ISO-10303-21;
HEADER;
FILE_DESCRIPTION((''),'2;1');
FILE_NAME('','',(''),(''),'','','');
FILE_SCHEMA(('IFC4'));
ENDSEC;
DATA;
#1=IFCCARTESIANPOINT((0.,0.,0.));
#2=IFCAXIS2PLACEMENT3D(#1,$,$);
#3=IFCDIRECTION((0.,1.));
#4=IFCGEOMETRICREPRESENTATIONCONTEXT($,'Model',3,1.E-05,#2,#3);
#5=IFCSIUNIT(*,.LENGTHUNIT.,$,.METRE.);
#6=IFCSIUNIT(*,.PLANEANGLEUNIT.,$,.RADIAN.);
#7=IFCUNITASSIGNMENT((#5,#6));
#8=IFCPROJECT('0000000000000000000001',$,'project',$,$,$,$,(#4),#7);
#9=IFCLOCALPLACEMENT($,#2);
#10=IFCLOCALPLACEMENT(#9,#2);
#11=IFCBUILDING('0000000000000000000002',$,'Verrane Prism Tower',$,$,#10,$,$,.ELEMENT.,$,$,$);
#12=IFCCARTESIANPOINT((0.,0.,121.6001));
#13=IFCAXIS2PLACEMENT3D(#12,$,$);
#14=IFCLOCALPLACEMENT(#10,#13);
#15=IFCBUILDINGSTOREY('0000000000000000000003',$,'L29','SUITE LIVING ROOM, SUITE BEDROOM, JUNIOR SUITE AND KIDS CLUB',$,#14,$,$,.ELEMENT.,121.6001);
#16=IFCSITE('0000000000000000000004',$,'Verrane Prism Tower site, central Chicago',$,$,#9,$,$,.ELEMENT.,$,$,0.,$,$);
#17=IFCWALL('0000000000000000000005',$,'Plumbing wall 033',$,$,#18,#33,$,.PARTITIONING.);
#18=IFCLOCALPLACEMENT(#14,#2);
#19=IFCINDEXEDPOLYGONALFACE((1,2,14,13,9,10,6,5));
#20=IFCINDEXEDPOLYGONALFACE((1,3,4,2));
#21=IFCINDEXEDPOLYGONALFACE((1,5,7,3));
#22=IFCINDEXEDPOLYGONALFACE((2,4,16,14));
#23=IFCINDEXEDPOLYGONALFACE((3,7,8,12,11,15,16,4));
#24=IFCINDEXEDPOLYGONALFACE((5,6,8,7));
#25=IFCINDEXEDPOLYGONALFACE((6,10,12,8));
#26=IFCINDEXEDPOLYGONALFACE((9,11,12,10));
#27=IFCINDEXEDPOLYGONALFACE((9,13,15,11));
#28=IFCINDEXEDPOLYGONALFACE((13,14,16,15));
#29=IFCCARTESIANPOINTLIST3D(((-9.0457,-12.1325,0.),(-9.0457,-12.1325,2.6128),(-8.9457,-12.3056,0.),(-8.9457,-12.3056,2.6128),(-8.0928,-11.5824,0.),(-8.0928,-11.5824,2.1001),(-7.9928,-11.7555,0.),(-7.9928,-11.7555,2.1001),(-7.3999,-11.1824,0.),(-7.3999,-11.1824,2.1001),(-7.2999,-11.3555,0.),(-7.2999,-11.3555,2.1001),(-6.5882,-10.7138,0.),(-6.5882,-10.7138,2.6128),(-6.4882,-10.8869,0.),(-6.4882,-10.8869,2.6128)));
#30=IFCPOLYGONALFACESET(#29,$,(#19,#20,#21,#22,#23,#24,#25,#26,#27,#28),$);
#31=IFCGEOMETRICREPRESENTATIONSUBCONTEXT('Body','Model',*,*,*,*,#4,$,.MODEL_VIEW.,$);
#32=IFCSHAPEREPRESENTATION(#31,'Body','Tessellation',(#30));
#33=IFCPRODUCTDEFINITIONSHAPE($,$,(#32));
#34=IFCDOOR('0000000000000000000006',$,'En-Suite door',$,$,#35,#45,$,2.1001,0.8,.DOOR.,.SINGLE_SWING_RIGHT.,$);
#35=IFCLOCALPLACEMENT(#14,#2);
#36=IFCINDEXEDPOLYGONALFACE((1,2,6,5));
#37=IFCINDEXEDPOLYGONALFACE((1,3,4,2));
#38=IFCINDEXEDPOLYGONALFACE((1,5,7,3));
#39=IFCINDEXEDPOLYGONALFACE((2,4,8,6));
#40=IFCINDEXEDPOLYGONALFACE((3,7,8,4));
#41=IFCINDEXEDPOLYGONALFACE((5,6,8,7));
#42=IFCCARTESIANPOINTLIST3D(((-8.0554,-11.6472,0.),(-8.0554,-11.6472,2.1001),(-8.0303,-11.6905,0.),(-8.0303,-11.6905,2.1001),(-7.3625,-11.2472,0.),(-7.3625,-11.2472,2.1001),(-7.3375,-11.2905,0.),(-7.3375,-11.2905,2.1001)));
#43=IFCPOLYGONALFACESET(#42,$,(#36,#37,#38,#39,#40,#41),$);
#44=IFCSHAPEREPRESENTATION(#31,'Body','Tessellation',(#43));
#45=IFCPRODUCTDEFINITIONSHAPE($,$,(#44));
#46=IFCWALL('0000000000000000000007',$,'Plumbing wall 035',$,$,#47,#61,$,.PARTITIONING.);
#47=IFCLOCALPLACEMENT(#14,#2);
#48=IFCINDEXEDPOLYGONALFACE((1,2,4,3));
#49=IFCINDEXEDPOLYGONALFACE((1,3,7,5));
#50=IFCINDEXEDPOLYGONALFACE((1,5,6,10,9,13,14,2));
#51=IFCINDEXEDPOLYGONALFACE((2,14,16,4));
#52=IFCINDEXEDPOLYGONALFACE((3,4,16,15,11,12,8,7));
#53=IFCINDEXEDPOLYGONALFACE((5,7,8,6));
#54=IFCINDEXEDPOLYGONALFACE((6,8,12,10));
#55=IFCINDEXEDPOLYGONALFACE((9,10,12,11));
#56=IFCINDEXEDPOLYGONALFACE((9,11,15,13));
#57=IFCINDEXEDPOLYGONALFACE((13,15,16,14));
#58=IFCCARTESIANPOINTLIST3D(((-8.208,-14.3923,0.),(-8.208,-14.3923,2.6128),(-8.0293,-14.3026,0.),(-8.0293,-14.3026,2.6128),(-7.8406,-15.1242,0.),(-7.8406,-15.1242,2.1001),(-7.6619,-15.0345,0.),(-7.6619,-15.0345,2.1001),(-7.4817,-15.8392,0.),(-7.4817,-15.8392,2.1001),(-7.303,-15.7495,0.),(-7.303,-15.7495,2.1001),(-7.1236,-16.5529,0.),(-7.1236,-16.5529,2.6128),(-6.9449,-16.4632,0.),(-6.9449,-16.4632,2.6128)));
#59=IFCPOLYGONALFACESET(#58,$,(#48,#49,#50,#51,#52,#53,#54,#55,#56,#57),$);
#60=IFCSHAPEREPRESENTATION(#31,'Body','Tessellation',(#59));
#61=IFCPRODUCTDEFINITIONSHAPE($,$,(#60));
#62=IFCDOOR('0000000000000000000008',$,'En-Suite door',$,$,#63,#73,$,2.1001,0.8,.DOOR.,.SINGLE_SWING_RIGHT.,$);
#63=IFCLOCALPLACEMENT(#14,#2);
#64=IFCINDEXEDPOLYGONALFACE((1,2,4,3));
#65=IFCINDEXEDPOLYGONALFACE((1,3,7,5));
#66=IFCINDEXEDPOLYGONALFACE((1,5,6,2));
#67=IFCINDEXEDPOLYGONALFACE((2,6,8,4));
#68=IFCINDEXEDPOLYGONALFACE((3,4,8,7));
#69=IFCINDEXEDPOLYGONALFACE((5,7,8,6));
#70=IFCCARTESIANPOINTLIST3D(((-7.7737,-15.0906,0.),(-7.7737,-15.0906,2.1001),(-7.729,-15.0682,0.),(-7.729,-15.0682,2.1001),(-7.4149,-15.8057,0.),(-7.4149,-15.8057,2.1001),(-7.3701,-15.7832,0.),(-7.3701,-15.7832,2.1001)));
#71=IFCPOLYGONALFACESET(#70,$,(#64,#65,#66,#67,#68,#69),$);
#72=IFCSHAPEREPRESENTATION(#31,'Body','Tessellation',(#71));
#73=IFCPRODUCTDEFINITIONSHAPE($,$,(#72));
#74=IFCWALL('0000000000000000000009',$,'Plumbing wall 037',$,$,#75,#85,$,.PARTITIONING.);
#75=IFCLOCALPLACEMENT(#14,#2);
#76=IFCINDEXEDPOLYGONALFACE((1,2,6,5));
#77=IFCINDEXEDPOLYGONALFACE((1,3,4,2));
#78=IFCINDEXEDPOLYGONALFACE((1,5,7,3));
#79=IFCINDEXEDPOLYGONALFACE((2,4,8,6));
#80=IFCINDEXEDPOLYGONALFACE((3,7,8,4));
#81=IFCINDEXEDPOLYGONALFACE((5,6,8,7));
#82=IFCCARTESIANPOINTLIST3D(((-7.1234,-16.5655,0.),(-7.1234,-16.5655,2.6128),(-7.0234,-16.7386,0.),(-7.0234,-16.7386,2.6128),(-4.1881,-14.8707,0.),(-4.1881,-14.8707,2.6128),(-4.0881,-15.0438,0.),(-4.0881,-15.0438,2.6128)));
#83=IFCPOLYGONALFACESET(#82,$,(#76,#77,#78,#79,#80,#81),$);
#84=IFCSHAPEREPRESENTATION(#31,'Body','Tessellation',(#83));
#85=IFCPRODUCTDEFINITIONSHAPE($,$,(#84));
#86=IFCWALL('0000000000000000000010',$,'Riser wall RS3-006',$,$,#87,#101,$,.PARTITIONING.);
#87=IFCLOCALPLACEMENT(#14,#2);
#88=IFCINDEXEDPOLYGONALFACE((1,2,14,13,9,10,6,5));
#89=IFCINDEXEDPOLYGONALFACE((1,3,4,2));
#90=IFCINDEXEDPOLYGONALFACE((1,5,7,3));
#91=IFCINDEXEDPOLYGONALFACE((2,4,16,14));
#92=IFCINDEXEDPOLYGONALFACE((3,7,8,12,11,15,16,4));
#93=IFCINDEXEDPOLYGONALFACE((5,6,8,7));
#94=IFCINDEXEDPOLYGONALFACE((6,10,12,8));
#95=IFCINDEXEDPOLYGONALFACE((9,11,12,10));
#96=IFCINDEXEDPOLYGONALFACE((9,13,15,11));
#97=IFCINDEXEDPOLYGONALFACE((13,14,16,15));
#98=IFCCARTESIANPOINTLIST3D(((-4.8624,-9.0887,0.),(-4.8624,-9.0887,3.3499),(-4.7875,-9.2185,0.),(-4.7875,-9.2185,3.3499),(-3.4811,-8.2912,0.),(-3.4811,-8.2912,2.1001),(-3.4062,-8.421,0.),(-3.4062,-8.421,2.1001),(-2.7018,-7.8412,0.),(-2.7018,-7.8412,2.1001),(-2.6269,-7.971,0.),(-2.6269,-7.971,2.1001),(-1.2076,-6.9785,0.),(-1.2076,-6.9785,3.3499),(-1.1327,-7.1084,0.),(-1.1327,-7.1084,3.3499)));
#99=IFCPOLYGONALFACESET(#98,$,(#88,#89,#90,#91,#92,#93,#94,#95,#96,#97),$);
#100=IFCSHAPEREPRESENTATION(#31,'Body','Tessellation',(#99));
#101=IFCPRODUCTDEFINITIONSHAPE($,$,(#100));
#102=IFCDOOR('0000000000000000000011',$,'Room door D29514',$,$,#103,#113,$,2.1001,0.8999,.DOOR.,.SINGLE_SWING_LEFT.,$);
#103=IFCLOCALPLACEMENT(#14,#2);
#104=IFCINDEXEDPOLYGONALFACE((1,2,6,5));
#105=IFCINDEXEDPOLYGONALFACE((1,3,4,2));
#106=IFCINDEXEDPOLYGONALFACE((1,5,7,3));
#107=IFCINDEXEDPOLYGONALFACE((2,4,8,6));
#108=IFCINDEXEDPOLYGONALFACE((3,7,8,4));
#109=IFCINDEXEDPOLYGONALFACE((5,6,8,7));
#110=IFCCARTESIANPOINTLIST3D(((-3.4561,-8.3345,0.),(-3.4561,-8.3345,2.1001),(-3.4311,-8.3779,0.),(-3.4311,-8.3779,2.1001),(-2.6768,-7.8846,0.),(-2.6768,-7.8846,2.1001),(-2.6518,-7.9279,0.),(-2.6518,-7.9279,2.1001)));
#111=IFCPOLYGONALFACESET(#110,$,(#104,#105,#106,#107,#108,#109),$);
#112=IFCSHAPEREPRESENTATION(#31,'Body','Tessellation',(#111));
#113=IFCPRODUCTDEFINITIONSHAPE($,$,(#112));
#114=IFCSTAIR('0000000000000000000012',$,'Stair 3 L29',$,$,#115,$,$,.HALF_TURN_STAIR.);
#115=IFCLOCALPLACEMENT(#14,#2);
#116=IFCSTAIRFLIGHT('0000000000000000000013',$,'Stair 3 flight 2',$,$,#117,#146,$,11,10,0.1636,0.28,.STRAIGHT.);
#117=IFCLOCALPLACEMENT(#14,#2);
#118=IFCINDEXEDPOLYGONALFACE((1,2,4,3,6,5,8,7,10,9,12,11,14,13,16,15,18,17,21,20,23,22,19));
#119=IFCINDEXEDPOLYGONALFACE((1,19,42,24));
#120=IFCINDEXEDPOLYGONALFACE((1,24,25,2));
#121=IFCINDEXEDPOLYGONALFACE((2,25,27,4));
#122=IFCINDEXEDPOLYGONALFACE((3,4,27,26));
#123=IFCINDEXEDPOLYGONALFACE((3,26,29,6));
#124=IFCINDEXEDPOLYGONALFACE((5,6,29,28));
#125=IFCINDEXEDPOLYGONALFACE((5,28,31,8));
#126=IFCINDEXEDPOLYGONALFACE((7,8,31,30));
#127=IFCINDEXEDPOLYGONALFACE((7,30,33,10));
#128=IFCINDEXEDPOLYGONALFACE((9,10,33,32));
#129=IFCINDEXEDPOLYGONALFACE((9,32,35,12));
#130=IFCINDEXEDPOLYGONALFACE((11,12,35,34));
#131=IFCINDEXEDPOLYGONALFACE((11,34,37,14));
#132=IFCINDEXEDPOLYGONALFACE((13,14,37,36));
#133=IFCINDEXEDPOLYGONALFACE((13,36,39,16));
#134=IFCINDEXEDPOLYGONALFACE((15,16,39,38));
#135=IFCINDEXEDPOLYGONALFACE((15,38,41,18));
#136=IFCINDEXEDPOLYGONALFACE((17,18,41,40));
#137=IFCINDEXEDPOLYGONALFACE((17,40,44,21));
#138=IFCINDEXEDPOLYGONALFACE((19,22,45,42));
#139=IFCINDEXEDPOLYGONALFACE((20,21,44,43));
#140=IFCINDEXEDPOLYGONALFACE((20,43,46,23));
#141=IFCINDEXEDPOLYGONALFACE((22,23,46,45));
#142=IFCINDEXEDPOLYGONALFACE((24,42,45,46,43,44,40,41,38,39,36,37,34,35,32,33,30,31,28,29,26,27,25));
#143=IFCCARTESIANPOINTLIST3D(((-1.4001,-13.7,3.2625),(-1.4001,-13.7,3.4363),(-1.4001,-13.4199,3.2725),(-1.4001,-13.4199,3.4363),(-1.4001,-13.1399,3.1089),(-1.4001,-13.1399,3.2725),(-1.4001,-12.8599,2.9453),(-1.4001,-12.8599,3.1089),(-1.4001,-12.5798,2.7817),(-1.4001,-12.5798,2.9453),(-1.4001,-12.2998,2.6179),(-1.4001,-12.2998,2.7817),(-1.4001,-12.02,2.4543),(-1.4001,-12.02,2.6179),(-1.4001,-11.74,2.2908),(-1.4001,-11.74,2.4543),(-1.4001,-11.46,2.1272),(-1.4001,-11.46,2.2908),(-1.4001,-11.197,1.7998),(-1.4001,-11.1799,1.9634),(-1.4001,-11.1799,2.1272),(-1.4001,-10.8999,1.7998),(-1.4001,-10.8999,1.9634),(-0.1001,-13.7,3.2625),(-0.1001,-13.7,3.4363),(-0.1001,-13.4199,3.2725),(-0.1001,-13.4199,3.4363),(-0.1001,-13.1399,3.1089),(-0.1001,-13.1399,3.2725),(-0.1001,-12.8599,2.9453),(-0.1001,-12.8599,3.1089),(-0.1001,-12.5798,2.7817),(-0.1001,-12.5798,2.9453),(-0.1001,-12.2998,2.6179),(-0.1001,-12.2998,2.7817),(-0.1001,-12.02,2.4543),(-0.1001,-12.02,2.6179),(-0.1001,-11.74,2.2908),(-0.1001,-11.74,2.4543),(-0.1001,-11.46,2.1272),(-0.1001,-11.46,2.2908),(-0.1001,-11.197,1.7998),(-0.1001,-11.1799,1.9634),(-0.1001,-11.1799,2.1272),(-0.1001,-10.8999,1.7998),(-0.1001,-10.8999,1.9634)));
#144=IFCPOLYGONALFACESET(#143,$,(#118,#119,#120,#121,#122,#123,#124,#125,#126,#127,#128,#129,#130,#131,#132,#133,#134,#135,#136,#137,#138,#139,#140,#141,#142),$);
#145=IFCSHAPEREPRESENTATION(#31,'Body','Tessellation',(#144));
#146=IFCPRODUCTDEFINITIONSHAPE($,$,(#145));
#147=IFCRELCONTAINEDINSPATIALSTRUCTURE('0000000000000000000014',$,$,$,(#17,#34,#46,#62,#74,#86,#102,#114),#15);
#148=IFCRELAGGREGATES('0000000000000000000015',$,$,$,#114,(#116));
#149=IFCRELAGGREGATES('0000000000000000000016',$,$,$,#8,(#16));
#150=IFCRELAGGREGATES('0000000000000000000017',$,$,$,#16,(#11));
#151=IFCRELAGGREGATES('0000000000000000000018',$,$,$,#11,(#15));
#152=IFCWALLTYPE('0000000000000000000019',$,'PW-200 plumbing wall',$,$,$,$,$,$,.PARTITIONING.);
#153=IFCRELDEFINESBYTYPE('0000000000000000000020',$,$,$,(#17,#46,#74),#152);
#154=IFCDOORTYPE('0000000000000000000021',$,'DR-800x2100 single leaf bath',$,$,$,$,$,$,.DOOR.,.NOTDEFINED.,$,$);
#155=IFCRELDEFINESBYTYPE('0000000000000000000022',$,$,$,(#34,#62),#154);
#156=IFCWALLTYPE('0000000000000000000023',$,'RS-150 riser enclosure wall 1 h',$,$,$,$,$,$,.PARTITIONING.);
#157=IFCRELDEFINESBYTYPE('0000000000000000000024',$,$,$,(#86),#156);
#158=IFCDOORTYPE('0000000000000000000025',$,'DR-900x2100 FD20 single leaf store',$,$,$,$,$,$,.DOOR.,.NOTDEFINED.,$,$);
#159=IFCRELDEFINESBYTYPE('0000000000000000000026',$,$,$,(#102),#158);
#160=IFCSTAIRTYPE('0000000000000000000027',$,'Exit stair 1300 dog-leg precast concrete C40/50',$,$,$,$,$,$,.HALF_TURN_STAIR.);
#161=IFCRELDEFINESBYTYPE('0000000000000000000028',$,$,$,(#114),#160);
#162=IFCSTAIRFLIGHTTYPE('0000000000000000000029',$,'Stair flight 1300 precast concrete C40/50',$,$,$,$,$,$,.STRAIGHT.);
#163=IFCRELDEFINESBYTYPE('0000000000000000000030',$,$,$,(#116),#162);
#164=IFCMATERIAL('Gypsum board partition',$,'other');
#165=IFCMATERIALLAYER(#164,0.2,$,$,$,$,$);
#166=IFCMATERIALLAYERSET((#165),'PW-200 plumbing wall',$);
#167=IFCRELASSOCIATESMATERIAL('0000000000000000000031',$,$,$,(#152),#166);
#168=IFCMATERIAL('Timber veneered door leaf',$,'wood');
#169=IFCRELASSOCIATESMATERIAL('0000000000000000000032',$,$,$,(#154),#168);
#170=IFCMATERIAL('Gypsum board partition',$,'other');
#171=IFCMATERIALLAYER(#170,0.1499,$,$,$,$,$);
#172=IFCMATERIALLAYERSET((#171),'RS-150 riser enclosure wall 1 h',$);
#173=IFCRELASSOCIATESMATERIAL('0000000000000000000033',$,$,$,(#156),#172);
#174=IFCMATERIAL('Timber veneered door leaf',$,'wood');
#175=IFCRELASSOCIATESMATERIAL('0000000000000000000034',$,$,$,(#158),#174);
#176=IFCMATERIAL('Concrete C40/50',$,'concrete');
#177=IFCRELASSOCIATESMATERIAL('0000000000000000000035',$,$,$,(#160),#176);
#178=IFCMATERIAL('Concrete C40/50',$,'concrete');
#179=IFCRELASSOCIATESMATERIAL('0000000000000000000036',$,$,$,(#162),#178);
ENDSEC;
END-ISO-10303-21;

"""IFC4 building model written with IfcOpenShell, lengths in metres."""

from ifc_helpers import new_model, si_unit, direction, frame, frame_2d, origin, place, context, subcontext, project, spatial, polyline, rectangle, outline, extrude, material, layer, layer_set, type_object, element, fill, aggregate, save


model = new_model("IFC4")

# Units and contexts
model_context = context("Model", 3, precision=1e-05, world=origin(), true_north=direction((0.0, 1.0)))
body_context = subcontext(model_context, "Body", "Model", "MODEL_VIEW")
ifc_project = project(units=[si_unit("LENGTHUNIT", "METRE"), si_unit("PLANEANGLEUNIT", "RADIAN")], contexts=[model_context])

# Site, building, storey
site_placement = place(None, origin())
site = spatial("IfcSite", under=ifc_project, at=site_placement, Name="Verrane Prism Tower site, central Chicago", CompositionType="ELEMENT", RefElevation=0.0)
building_placement = place(site_placement, origin())
building = spatial("IfcBuilding", under=site, at=building_placement, Name="Verrane Prism Tower", CompositionType="ELEMENT")
storey_placement = place(building_placement, frame((0.0, 0.0, 121.6001)))
storey = spatial("IfcBuildingStorey", under=building, at=storey_placement, Name="L29", Description="SUITE LIVING ROOM, SUITE BEDROOM, JUNIOR SUITE AND KIDS CLUB", CompositionType="ELEMENT", Elevation=121.6001)

# Shared definitions
ifc_material_1 = material(Name="Gypsum board partition", Category="other")
ifc_layer_1 = layer(ifc_material_1, 0.2)
ifc_layer_set_1 = layer_set([ifc_layer_1], Name="PW-200 plumbing wall")
wall_type_1 = type_object("IfcWallType", Name="PW-200 plumbing wall", PredefinedType="PARTITIONING", material=ifc_layer_set_1)

# Walls, openings, doors
wall_1_placement = place(storey_placement, frame((-6.5381, -10.8003, 0.0), z_axis=(0.0, 0.0, 1.0), x_axis=(-0.866048, -0.499961, 0.0)))
wall_1 = element("IfcWall", 1, at=wall_1_placement, inside=storey, type_object=wall_type_1, Name="Plumbing wall 033", PredefinedType="PARTITIONING", context=body_context, shape_type="SweptSolid", body=[
    extrude(rectangle(XDim=2.8376, YDim=0.2, at=frame_2d((1.4189, 0.0))), origin(), (0.0, 0.0, 1.0), 2.6128),
])
opening_1_placement = place(wall_1_placement, frame((0.9375, 0.0, 0.0)))
opening_1 = element("IfcOpeningElement", 2, at=opening_1_placement, cuts=wall_1, PredefinedType="OPENING", context=body_context, shape_type="SweptSolid", body=[
    extrude(rectangle(XDim=0.8, YDim=2.1001, at=frame_2d((0.3999, 1.05))), frame((0.0, 0.1099, 0.0), z_axis=(0.0, -1.0, 0.0), x_axis=(1.0, 0.0, 0.0)), (0.0, 0.0, 1.0), 0.22),
])
ifc_material_2 = material(Name="Timber veneered door leaf", Category="wood")
door_type_1 = type_object("IfcDoorType", Name="DR-800x2100 single leaf bath", OperationType="NOTDEFINED", PredefinedType="DOOR", material=ifc_material_2)
door_1_placement = place(opening_1_placement, origin())
door_1 = element("IfcDoor", 3, at=door_1_placement, inside=storey, type_object=door_type_1, Name="En-Suite door", OperationType="SINGLE_SWING_RIGHT", OverallHeight=2.1001, OverallWidth=0.8, PredefinedType="DOOR", context=body_context, shape_type="SweptSolid", body=[
    extrude(rectangle(XDim=0.8, YDim=2.1001, at=frame_2d((0.3999, 1.05))), frame((0.0, 0.0249, 0.0), z_axis=(0.0, -1.0, 0.0), x_axis=(1.0, 0.0, 0.0)), (0.0, 0.0, 1.0), 0.05),
])
fill(opening_1, door_1)
wall_2_placement = place(storey_placement, frame((-8.1187, -14.3474, 0.0), z_axis=(0.0, 0.0, 1.0), x_axis=(0.448586, -0.893739, 0.0)))
wall_2 = element("IfcWall", 4, at=wall_2_placement, inside=storey, type_object=wall_type_1, Name="Plumbing wall 035", PredefinedType="PARTITIONING", context=body_context, shape_type="SweptSolid", body=[
    extrude(rectangle(XDim=2.4175, YDim=0.2, at=frame_2d((1.2087, 0.0))), origin(), (0.0, 0.0, 1.0), 2.6128),
])
opening_2_placement = place(wall_2_placement, frame((0.8191, 0.0, 0.0)))
opening_2 = element("IfcOpeningElement", 5, at=opening_2_placement, cuts=wall_2, PredefinedType="OPENING", context=body_context, shape_type="SweptSolid", body=[
    extrude(rectangle(XDim=0.8, YDim=2.1001, at=frame_2d((0.3999, 1.05))), frame((0.0, 0.1099, 0.0), z_axis=(0.0, -1.0, 0.0), x_axis=(1.0, 0.0, 0.0)), (0.0, 0.0, 1.0), 0.22),
])
door_2_placement = place(opening_2_placement, origin())
door_2 = element("IfcDoor", 6, at=door_2_placement, inside=storey, type_object=door_type_1, Name="En-Suite door", OperationType="SINGLE_SWING_RIGHT", OverallHeight=2.1001, OverallWidth=0.8, PredefinedType="DOOR", context=body_context, shape_type="SweptSolid", body=[
    extrude(rectangle(XDim=0.8, YDim=2.1001, at=frame_2d((0.3999, 1.05))), frame((0.0, 0.0249, 0.0), z_axis=(0.0, -1.0, 0.0), x_axis=(1.0, 0.0, 0.0)), (0.0, 0.0, 1.0), 0.05),
])
fill(opening_2, door_2)

# Wall
wall_3_placement = place(storey_placement, frame((-7.0735, -16.6521, 0.0), z_axis=(0.0, 0.0, 1.0), x_axis=(0.866009, 0.500028, 0.0)))
element("IfcWall", 7, at=wall_3_placement, inside=storey, type_object=wall_type_1, Name="Plumbing wall 037", PredefinedType="PARTITIONING", context=body_context, shape_type="SweptSolid", body=[
    extrude(rectangle(XDim=3.3894, YDim=0.2, at=frame_2d((1.6948, 0.0))), origin(), (0.0, 0.0, 1.0), 2.6128),
])

# Wall, opening, door
ifc_material_3 = material(Name="Gypsum board partition", Category="other")
ifc_layer_2 = layer(ifc_material_3, 0.1499)
ifc_layer_set_2 = layer_set([ifc_layer_2], Name="RS-150 riser enclosure wall 1 h")
wall_type_2 = type_object("IfcWallType", Name="RS-150 riser enclosure wall 1 h", PredefinedType="PARTITIONING", material=ifc_layer_set_2)
wall_4_placement = place(storey_placement, frame((-4.825, -9.1536, 0.0), z_axis=(0.0, 0.0, 1.0), x_axis=(0.866024, 0.500003, 0.0)))
wall_4 = element("IfcWall", 8, at=wall_4_placement, inside=storey, type_object=wall_type_2, Name="Riser wall RS3-006", PredefinedType="PARTITIONING", context=body_context, shape_type="SweptSolid", body=[
    extrude(rectangle(XDim=4.2202, YDim=0.1499, at=frame_2d((2.1101, 0.0))), origin(), (0.0, 0.0, 1.0), 3.3499),
])
opening_3_placement = place(wall_4_placement, frame((1.595, 0.0, 0.0)))
opening_3 = element("IfcOpeningElement", 9, at=opening_3_placement, cuts=wall_4, PredefinedType="OPENING", context=body_context, shape_type="SweptSolid", body=[
    extrude(rectangle(XDim=0.8999, YDim=2.1001, at=frame_2d((0.45, 1.05))), frame((0.0, 0.085, 0.0), z_axis=(0.0, -1.0, 0.0), x_axis=(1.0, 0.0, 0.0)), (0.0, 0.0, 1.0), 0.1699),
])
ifc_material_4 = material(Name="Timber veneered door leaf", Category="wood")
door_type_2 = type_object("IfcDoorType", Name="DR-900x2100 FD20 single leaf store", OperationType="NOTDEFINED", PredefinedType="DOOR", material=ifc_material_4)
door_3_placement = place(opening_3_placement, origin())
door_3 = element("IfcDoor", 10, at=door_3_placement, inside=storey, type_object=door_type_2, Name="Room door D29514", OperationType="SINGLE_SWING_LEFT", OverallHeight=2.1001, OverallWidth=0.8999, PredefinedType="DOOR", context=body_context, shape_type="SweptSolid", body=[
    extrude(rectangle(XDim=0.8999, YDim=2.1001, at=frame_2d((0.45, 1.05))), frame((0.0, 0.0249, 0.0), z_axis=(0.0, -1.0, 0.0), x_axis=(1.0, 0.0, 0.0)), (0.0, 0.0, 1.0), 0.05),
])
fill(opening_3, door_3)

# Stair, stair flight
ifc_material_5 = material(Name="Concrete C40/50", Category="concrete")
stair_type = type_object("IfcStairType", Name="Exit stair 1300 dog-leg precast concrete C40/50", PredefinedType="HALF_TURN_STAIR", material=ifc_material_5)
stair_placement = place(storey_placement, origin())
stair = element("IfcStair", 11, at=stair_placement, inside=storey, type_object=stair_type, Name="Stair 3 L29", PredefinedType="HALF_TURN_STAIR")
ifc_material_6 = material(Name="Concrete C40/50", Category="concrete")
stair_flight_type = type_object("IfcStairFlightType", Name="Stair flight 1300 precast concrete C40/50", PredefinedType="STRAIGHT", material=ifc_material_6)
stair_flight_placement = place(storey_placement, frame((-0.75, -10.8999, 1.7998), z_axis=(0.0, 0.0, 1.0), x_axis=(0.0, -1.0, 0.0)))
stair_flight = element("IfcStairFlight", 12, at=stair_flight_placement, type_object=stair_flight_type, Name="Stair 3 flight 2", NumberOfRisers=11, NumberOfTreads=10, PredefinedType="STRAIGHT", RiserHeight=0.1636, TreadLength=0.28, context=body_context, shape_type="SweptSolid", body=[
    extrude(outline(polyline([(0.0, 0.0), (0.0, 0.1636), (0.28, 0.1636), (0.28, 0.3274), (0.5601, 0.3274), (0.5601, 0.491), (0.8401, 0.491), (0.8401, 0.6545), (1.1201, 0.6545), (1.1201, 0.8181), (1.3999, 0.8181), (1.3999, 0.9819), (1.6799, 0.9819), (1.6799, 1.1455), (1.96, 1.1455), (1.96, 1.3091), (2.24, 1.3091), (2.24, 1.4727), (2.52, 1.4727), (2.52, 1.6365), (2.8, 1.6365), (2.8, 1.8), (2.8, 1.4626), (0.2971, 0.0), (0.0, 0.0)])), frame((0.0, 0.6499, 0.0), z_axis=(0.0, -1.0, 0.0), x_axis=(1.0, 0.0, 0.0)), (0.0, 0.0, 1.0), 1.3),
])
aggregate(stair, [stair_flight])

save(model, "model.ifc")
